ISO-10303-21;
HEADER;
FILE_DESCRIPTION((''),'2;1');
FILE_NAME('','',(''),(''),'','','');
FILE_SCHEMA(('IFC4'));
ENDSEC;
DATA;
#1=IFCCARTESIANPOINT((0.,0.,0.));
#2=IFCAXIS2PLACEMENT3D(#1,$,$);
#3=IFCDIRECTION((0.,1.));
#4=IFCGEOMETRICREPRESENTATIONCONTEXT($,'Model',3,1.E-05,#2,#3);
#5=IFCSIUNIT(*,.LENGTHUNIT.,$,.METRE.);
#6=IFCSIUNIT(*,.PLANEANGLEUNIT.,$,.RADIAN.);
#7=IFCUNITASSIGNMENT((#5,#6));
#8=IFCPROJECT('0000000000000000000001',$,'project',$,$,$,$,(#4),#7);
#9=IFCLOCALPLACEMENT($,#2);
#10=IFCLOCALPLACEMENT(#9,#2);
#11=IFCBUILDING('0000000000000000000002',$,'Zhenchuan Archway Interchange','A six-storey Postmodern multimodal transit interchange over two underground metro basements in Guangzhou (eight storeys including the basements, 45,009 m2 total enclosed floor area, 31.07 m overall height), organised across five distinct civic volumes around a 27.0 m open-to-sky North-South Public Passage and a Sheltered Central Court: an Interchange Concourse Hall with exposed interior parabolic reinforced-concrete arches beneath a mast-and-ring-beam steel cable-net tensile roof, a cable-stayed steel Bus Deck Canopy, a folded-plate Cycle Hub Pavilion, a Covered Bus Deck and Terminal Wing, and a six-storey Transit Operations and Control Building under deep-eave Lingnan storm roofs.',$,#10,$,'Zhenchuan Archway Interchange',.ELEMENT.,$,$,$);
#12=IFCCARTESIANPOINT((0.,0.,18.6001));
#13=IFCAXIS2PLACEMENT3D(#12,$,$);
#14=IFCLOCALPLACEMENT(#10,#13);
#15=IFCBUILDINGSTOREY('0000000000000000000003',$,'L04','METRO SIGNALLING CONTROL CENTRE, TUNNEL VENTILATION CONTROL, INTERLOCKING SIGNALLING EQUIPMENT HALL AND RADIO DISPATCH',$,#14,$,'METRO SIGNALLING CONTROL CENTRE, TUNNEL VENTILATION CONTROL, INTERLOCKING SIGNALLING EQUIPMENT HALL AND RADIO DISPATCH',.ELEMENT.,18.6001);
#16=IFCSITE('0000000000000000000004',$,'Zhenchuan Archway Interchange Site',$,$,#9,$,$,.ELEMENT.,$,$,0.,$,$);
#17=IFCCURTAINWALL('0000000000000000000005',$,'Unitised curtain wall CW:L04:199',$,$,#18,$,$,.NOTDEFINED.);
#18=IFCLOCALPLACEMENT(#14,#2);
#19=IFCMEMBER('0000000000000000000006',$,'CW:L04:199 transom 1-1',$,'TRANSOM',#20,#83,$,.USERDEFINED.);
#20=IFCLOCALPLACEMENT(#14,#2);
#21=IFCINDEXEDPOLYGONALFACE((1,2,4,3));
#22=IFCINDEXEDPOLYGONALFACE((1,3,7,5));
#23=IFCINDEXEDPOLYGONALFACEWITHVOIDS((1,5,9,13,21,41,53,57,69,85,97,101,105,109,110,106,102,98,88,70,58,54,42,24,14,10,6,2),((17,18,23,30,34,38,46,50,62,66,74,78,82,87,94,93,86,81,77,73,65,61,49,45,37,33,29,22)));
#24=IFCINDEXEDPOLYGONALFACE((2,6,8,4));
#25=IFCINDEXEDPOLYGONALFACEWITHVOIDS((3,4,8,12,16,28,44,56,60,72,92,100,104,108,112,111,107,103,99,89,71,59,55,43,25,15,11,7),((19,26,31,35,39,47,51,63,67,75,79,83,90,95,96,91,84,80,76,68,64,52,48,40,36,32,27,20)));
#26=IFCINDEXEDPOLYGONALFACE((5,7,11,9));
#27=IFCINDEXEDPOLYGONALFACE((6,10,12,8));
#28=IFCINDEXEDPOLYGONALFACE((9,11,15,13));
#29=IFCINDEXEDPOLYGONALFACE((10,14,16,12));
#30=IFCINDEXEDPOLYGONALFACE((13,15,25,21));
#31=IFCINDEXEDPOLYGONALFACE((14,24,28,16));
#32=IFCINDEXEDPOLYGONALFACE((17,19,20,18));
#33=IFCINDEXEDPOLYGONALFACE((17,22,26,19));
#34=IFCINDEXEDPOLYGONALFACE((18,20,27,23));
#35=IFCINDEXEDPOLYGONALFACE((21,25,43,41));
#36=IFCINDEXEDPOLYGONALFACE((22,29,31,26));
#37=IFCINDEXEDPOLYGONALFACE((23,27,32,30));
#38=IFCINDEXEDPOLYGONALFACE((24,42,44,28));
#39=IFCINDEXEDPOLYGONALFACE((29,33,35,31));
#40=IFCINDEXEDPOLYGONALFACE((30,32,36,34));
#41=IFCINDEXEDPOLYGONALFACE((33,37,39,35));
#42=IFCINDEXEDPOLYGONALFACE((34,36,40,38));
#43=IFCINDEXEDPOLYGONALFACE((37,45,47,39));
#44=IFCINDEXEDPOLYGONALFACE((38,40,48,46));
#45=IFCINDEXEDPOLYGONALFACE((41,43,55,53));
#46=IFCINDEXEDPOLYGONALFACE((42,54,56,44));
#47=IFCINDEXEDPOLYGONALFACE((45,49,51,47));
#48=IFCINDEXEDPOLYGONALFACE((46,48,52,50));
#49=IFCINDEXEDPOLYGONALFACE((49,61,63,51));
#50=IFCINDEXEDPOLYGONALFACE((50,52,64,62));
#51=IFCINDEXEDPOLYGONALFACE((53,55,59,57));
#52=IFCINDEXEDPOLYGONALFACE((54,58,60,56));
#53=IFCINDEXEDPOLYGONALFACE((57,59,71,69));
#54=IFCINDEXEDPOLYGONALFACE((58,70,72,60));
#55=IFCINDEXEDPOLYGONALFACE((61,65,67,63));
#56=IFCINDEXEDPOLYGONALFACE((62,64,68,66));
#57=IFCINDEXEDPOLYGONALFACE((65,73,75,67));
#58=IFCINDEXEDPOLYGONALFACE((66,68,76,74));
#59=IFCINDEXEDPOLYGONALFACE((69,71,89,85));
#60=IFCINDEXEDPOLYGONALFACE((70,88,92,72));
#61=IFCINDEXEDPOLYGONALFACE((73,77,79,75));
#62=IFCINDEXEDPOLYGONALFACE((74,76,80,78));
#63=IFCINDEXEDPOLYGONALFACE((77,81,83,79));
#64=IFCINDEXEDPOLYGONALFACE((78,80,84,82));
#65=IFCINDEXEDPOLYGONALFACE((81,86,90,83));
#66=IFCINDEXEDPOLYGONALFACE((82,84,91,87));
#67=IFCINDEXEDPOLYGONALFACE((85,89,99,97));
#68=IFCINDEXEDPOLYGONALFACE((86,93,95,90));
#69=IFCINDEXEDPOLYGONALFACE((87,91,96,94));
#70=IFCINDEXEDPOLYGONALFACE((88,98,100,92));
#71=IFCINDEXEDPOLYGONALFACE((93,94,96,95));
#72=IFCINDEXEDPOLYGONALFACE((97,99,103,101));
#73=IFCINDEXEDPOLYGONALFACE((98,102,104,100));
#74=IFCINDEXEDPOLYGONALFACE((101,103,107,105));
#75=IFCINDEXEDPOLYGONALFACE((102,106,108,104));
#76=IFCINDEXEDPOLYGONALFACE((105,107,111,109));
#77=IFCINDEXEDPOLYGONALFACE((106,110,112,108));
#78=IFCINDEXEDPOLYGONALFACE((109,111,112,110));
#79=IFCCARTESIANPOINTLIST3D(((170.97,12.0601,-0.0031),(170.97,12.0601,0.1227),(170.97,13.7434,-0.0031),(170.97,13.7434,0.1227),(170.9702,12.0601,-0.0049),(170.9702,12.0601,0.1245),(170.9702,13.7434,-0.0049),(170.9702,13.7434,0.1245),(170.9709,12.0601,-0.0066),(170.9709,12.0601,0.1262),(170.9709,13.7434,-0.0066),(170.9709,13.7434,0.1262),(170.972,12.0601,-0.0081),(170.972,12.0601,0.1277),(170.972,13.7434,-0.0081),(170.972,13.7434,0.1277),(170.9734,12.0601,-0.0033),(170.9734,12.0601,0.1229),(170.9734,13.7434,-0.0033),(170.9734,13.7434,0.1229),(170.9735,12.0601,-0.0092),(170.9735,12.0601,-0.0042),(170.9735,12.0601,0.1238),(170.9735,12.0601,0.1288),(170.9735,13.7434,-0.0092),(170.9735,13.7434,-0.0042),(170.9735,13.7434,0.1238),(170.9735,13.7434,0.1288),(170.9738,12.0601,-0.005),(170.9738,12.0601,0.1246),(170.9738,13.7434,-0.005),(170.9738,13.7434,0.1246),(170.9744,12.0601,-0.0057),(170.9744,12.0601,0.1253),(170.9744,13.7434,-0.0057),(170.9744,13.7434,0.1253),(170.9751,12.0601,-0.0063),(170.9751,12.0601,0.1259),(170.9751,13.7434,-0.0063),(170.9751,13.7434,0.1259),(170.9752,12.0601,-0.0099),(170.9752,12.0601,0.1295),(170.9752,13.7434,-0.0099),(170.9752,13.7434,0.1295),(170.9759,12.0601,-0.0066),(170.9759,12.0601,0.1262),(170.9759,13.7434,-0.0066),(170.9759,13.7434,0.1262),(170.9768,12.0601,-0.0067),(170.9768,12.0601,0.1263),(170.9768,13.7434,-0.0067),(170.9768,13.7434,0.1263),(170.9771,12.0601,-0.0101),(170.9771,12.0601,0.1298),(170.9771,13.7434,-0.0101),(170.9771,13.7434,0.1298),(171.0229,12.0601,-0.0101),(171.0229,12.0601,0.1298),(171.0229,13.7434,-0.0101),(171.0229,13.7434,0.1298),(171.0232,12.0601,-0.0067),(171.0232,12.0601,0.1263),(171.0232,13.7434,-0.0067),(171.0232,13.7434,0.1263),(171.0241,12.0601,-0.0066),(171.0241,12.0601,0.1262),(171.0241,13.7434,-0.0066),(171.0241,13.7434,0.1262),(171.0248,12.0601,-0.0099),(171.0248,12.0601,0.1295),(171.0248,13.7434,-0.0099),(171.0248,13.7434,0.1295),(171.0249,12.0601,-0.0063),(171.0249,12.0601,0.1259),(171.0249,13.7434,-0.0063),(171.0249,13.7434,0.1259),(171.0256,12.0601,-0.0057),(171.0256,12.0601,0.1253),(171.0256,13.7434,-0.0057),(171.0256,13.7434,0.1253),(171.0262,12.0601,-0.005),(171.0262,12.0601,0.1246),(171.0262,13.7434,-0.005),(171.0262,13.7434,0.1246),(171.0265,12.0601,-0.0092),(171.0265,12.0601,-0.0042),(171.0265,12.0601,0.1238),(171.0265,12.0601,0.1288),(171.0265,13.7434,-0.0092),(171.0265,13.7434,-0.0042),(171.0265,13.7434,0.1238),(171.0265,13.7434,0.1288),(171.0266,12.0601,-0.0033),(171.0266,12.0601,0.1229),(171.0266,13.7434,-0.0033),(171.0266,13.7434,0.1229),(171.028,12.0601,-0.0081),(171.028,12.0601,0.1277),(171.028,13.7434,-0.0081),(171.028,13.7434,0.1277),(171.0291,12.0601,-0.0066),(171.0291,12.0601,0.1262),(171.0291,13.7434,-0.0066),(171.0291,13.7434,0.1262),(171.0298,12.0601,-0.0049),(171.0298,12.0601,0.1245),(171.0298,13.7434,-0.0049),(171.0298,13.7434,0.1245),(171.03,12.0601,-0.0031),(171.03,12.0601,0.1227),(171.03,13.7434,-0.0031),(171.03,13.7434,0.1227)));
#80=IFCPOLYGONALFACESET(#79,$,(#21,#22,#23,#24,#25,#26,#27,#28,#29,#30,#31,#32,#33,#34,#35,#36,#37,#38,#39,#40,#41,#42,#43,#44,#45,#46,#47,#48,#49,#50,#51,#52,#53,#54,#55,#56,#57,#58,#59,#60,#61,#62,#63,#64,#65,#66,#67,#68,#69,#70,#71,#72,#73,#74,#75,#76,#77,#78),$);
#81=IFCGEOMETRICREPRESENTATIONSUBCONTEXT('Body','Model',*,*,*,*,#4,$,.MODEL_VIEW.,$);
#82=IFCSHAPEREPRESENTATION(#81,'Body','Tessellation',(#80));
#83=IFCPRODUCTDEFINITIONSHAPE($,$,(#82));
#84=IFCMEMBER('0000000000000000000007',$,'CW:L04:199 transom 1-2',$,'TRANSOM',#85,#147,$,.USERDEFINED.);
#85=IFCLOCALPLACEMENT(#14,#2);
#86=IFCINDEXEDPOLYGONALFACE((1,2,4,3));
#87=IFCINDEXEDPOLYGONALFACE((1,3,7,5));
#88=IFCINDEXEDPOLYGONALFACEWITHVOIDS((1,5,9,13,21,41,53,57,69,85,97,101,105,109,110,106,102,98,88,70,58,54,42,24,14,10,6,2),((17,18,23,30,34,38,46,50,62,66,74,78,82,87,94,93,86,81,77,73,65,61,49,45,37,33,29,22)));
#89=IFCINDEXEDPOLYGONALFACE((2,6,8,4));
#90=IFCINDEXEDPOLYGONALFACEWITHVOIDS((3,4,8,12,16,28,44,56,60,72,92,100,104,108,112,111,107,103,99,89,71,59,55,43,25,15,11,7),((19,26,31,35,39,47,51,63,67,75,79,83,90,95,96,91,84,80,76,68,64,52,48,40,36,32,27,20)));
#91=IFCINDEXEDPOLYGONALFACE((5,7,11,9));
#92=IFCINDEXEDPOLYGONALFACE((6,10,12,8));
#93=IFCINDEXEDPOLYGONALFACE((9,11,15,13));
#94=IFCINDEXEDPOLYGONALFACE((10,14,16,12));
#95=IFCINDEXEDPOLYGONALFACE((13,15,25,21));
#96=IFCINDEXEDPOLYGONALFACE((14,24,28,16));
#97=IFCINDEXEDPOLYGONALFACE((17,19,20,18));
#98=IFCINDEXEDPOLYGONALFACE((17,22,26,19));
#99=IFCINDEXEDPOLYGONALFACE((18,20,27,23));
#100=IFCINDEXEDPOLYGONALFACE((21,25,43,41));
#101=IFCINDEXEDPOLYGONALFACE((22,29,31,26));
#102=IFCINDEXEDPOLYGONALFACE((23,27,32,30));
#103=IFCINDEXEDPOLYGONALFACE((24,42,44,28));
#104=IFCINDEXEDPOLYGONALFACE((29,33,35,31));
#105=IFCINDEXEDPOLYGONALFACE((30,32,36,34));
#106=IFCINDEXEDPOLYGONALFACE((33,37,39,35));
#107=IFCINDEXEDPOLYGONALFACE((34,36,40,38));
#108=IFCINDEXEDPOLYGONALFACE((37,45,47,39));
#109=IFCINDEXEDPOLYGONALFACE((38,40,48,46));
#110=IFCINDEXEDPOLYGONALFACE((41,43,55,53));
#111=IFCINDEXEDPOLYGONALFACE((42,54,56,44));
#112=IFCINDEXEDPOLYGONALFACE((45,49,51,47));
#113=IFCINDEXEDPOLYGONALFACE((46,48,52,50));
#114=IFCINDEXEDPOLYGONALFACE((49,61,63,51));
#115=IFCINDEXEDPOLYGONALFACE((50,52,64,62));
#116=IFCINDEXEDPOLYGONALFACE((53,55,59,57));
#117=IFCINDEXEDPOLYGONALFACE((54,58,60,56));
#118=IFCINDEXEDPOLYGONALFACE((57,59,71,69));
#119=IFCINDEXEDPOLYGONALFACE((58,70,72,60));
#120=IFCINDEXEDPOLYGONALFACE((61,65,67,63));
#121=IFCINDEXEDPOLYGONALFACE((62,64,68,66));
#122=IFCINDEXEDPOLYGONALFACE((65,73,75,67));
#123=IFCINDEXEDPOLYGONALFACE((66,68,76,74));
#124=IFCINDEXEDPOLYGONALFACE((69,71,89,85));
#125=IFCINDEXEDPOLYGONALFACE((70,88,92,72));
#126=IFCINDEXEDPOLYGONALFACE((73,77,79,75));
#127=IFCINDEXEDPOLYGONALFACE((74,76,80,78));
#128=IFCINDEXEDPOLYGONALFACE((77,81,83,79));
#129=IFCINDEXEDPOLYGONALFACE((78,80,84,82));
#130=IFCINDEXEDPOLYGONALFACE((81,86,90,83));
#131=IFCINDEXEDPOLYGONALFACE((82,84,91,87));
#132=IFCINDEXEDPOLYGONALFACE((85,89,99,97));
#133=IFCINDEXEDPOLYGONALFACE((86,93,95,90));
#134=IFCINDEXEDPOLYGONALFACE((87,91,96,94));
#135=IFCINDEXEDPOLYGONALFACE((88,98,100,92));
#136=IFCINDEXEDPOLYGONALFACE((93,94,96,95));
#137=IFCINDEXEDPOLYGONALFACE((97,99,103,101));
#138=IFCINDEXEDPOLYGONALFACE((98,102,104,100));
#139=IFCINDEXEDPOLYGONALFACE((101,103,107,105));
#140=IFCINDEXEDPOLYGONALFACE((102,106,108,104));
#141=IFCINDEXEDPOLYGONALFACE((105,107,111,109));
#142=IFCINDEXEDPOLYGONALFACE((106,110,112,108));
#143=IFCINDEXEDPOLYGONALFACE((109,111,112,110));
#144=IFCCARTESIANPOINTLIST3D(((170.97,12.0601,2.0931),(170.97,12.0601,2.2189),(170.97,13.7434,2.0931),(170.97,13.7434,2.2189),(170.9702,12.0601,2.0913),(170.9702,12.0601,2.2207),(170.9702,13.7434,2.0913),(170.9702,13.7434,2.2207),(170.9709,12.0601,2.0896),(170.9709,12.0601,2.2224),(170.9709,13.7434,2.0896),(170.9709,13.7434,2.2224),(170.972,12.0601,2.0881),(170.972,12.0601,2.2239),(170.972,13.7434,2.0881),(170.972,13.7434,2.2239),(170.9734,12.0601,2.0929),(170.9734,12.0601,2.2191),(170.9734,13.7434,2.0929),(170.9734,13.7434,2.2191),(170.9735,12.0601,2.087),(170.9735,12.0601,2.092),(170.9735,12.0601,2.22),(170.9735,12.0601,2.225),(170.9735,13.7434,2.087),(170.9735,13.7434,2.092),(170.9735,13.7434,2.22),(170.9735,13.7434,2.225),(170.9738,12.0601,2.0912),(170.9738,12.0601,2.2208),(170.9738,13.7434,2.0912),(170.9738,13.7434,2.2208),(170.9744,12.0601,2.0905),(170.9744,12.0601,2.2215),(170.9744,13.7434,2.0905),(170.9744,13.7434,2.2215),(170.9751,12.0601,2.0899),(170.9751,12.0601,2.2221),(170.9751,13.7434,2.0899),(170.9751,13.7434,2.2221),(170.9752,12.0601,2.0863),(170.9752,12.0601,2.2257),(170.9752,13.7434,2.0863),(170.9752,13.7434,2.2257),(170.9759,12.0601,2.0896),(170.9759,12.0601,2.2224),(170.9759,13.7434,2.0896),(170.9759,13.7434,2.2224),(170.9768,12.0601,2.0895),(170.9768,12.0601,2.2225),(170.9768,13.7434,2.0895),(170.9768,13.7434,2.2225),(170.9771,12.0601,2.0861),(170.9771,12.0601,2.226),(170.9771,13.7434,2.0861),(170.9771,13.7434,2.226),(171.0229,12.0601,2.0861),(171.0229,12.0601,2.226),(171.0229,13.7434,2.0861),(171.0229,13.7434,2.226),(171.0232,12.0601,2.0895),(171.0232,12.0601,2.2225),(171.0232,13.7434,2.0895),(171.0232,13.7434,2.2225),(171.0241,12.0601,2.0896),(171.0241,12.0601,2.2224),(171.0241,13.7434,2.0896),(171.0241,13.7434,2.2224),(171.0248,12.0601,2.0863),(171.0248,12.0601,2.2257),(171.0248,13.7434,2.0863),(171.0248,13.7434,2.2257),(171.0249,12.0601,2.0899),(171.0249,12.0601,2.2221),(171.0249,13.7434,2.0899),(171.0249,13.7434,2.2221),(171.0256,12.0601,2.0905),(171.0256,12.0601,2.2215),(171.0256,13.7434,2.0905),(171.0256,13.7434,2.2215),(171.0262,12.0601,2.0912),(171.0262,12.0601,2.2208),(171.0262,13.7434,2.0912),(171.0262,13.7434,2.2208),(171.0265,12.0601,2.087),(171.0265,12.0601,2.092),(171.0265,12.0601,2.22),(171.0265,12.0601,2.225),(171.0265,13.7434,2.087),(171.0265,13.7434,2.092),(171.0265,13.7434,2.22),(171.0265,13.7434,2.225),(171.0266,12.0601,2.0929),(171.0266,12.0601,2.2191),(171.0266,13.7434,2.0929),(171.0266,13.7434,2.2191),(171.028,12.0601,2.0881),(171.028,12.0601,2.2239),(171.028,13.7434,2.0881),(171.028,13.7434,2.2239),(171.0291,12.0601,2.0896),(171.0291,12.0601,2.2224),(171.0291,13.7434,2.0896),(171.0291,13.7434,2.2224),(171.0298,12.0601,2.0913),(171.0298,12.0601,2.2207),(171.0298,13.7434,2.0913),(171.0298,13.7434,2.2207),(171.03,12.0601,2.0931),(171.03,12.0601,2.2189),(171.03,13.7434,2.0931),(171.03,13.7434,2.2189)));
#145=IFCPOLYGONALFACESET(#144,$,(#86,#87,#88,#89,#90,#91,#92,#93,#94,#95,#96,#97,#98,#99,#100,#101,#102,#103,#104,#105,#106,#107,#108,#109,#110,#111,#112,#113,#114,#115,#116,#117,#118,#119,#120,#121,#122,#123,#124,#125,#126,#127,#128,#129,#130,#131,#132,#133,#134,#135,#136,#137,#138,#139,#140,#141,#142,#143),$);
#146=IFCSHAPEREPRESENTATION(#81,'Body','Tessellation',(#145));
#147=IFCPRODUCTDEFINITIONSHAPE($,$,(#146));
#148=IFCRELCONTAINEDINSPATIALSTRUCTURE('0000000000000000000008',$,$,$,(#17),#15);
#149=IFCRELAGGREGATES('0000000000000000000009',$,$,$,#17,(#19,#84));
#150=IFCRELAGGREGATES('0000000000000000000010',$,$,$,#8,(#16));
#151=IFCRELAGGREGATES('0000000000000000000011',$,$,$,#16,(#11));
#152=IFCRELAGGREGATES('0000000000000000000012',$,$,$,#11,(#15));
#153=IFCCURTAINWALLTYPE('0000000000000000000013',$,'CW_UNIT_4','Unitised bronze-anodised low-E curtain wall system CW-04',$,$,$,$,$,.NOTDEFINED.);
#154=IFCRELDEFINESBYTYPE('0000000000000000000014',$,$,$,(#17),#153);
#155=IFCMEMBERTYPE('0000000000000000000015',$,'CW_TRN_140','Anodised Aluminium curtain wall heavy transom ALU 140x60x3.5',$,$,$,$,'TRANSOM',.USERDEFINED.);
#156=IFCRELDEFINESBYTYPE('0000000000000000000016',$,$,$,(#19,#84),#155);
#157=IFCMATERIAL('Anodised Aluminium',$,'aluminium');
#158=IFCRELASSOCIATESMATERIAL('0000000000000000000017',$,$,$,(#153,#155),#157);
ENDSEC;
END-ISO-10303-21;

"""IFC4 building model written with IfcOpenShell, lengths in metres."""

from ifc_helpers import new_model, si_unit, direction, frame, origin, origin_2d, place, context, subcontext, project, spatial, hollow_rectangle, extrude, material, material_profile, profile_set, type_object, element, aggregate, save


model = new_model("IFC4")

# Units and contexts
model_context = context("Model", 3, precision=1e-05, world=origin(), true_north=direction((0.0, 1.0)))
body_context = subcontext(model_context, "Body", "Model", "MODEL_VIEW")
ifc_project = project(units=[si_unit("LENGTHUNIT", "METRE"), si_unit("PLANEANGLEUNIT", "RADIAN")], contexts=[model_context])

# Site, building, storey
site_placement = place(None, origin())
site = spatial("IfcSite", under=ifc_project, at=site_placement, Name="Zhenchuan Archway Interchange Site", CompositionType="ELEMENT", RefElevation=0.0)
building_placement = place(site_placement, origin())
building = spatial("IfcBuilding", under=site, at=building_placement, Name="Zhenchuan Archway Interchange", Description="A six-storey Postmodern multimodal transit interchange over two underground metro basements in Guangzhou (eight storeys including the basements, 45,009 m2 total enclosed floor area, 31.07 m overall height), organised across five distinct civic volumes around a 27.0 m open-to-sky North-South Public Passage and a Sheltered Central Court: an Interchange Concourse Hall with exposed interior parabolic reinforced-concrete arches beneath a mast-and-ring-beam steel cable-net tensile roof, a cable-stayed steel Bus Deck Canopy, a folded-plate Cycle Hub Pavilion, a Covered Bus Deck and Terminal Wing, and a six-storey Transit Operations and Control Building under deep-eave Lingnan storm roofs.", LongName="Zhenchuan Archway Interchange", CompositionType="ELEMENT")
storey_placement = place(building_placement, frame((0.0, 0.0, 18.6001)))
storey = spatial("IfcBuildingStorey", under=building, at=storey_placement, Name="L04", Description="METRO SIGNALLING CONTROL CENTRE, TUNNEL VENTILATION CONTROL, INTERLOCKING SIGNALLING EQUIPMENT HALL AND RADIO DISPATCH", LongName="METRO SIGNALLING CONTROL CENTRE, TUNNEL VENTILATION CONTROL, INTERLOCKING SIGNALLING EQUIPMENT HALL AND RADIO DISPATCH", CompositionType="ELEMENT", Elevation=18.6001)

# Curtain wall, members
ifc_material_1 = material(Name="Anodised Aluminium", Category="aluminium")
curtain_wall_type = type_object("IfcCurtainWallType", Name="CW_UNIT_4", Description="Unitised bronze-anodised low-E curtain wall system CW-04", PredefinedType="NOTDEFINED", material=ifc_material_1)
curtain_wall_placement = place(storey_placement, origin())
curtain_wall = element("IfcCurtainWall", 1, at=curtain_wall_placement, inside=storey, type_object=curtain_wall_type, Name="Unitised curtain wall CW:L04:199", PredefinedType="NOTDEFINED")
ifc_material_profile_1 = material_profile(ifc_material_1, hollow_rectangle(XDim=0.0601, YDim=0.1399, WallThickness=0.0034, InnerFilletRadius=0.0034, OuterFilletRadius=0.0071, at=origin_2d()), Name="ALU 140x60x3.5")
ifc_profile_set_1 = profile_set([ifc_material_profile_1], Name="Anodised Aluminium")
member_type_1 = type_object("IfcMemberType", Name="CW_TRN_140", Description="Anodised Aluminium curtain wall heavy transom ALU 140x60x3.5", ElementType="TRANSOM", PredefinedType="USERDEFINED", material=ifc_profile_set_1)
member_1_placement = place(storey_placement, frame((171.0, 13.7434, 0.0598), z_axis=(0.0, -1.0, 0.0), x_axis=(1.0, 0.0, 0.0)))
member_1 = element("IfcMember", 2, at=member_1_placement, type_object=member_type_1, Name="CW:L04:199 transom 1-1", ObjectType="TRANSOM", PredefinedType="USERDEFINED", context=body_context, shape_type="SweptSolid", body=[
    extrude(hollow_rectangle(XDim=0.0601, YDim=0.1399, WallThickness=0.0034, InnerFilletRadius=0.0034, OuterFilletRadius=0.0071, at=origin_2d()), origin(), (0.0, 0.0, 1.0), 1.6833),
])
member_2_placement = place(storey_placement, frame((171.0, 13.7434, 2.156), z_axis=(0.0, -1.0, 0.0), x_axis=(1.0, 0.0, 0.0)))
member_2 = element("IfcMember", 3, at=member_2_placement, type_object=member_type_1, Name="CW:L04:199 transom 1-2", ObjectType="TRANSOM", PredefinedType="USERDEFINED", context=body_context, shape_type="SweptSolid", body=[
    extrude(hollow_rectangle(XDim=0.0601, YDim=0.1399, WallThickness=0.0034, InnerFilletRadius=0.0034, OuterFilletRadius=0.0071, at=origin_2d()), origin(), (0.0, 0.0, 1.0), 1.6833),
])

aggregate(curtain_wall, [member_1, member_2])

save(model, "model.ifc")
